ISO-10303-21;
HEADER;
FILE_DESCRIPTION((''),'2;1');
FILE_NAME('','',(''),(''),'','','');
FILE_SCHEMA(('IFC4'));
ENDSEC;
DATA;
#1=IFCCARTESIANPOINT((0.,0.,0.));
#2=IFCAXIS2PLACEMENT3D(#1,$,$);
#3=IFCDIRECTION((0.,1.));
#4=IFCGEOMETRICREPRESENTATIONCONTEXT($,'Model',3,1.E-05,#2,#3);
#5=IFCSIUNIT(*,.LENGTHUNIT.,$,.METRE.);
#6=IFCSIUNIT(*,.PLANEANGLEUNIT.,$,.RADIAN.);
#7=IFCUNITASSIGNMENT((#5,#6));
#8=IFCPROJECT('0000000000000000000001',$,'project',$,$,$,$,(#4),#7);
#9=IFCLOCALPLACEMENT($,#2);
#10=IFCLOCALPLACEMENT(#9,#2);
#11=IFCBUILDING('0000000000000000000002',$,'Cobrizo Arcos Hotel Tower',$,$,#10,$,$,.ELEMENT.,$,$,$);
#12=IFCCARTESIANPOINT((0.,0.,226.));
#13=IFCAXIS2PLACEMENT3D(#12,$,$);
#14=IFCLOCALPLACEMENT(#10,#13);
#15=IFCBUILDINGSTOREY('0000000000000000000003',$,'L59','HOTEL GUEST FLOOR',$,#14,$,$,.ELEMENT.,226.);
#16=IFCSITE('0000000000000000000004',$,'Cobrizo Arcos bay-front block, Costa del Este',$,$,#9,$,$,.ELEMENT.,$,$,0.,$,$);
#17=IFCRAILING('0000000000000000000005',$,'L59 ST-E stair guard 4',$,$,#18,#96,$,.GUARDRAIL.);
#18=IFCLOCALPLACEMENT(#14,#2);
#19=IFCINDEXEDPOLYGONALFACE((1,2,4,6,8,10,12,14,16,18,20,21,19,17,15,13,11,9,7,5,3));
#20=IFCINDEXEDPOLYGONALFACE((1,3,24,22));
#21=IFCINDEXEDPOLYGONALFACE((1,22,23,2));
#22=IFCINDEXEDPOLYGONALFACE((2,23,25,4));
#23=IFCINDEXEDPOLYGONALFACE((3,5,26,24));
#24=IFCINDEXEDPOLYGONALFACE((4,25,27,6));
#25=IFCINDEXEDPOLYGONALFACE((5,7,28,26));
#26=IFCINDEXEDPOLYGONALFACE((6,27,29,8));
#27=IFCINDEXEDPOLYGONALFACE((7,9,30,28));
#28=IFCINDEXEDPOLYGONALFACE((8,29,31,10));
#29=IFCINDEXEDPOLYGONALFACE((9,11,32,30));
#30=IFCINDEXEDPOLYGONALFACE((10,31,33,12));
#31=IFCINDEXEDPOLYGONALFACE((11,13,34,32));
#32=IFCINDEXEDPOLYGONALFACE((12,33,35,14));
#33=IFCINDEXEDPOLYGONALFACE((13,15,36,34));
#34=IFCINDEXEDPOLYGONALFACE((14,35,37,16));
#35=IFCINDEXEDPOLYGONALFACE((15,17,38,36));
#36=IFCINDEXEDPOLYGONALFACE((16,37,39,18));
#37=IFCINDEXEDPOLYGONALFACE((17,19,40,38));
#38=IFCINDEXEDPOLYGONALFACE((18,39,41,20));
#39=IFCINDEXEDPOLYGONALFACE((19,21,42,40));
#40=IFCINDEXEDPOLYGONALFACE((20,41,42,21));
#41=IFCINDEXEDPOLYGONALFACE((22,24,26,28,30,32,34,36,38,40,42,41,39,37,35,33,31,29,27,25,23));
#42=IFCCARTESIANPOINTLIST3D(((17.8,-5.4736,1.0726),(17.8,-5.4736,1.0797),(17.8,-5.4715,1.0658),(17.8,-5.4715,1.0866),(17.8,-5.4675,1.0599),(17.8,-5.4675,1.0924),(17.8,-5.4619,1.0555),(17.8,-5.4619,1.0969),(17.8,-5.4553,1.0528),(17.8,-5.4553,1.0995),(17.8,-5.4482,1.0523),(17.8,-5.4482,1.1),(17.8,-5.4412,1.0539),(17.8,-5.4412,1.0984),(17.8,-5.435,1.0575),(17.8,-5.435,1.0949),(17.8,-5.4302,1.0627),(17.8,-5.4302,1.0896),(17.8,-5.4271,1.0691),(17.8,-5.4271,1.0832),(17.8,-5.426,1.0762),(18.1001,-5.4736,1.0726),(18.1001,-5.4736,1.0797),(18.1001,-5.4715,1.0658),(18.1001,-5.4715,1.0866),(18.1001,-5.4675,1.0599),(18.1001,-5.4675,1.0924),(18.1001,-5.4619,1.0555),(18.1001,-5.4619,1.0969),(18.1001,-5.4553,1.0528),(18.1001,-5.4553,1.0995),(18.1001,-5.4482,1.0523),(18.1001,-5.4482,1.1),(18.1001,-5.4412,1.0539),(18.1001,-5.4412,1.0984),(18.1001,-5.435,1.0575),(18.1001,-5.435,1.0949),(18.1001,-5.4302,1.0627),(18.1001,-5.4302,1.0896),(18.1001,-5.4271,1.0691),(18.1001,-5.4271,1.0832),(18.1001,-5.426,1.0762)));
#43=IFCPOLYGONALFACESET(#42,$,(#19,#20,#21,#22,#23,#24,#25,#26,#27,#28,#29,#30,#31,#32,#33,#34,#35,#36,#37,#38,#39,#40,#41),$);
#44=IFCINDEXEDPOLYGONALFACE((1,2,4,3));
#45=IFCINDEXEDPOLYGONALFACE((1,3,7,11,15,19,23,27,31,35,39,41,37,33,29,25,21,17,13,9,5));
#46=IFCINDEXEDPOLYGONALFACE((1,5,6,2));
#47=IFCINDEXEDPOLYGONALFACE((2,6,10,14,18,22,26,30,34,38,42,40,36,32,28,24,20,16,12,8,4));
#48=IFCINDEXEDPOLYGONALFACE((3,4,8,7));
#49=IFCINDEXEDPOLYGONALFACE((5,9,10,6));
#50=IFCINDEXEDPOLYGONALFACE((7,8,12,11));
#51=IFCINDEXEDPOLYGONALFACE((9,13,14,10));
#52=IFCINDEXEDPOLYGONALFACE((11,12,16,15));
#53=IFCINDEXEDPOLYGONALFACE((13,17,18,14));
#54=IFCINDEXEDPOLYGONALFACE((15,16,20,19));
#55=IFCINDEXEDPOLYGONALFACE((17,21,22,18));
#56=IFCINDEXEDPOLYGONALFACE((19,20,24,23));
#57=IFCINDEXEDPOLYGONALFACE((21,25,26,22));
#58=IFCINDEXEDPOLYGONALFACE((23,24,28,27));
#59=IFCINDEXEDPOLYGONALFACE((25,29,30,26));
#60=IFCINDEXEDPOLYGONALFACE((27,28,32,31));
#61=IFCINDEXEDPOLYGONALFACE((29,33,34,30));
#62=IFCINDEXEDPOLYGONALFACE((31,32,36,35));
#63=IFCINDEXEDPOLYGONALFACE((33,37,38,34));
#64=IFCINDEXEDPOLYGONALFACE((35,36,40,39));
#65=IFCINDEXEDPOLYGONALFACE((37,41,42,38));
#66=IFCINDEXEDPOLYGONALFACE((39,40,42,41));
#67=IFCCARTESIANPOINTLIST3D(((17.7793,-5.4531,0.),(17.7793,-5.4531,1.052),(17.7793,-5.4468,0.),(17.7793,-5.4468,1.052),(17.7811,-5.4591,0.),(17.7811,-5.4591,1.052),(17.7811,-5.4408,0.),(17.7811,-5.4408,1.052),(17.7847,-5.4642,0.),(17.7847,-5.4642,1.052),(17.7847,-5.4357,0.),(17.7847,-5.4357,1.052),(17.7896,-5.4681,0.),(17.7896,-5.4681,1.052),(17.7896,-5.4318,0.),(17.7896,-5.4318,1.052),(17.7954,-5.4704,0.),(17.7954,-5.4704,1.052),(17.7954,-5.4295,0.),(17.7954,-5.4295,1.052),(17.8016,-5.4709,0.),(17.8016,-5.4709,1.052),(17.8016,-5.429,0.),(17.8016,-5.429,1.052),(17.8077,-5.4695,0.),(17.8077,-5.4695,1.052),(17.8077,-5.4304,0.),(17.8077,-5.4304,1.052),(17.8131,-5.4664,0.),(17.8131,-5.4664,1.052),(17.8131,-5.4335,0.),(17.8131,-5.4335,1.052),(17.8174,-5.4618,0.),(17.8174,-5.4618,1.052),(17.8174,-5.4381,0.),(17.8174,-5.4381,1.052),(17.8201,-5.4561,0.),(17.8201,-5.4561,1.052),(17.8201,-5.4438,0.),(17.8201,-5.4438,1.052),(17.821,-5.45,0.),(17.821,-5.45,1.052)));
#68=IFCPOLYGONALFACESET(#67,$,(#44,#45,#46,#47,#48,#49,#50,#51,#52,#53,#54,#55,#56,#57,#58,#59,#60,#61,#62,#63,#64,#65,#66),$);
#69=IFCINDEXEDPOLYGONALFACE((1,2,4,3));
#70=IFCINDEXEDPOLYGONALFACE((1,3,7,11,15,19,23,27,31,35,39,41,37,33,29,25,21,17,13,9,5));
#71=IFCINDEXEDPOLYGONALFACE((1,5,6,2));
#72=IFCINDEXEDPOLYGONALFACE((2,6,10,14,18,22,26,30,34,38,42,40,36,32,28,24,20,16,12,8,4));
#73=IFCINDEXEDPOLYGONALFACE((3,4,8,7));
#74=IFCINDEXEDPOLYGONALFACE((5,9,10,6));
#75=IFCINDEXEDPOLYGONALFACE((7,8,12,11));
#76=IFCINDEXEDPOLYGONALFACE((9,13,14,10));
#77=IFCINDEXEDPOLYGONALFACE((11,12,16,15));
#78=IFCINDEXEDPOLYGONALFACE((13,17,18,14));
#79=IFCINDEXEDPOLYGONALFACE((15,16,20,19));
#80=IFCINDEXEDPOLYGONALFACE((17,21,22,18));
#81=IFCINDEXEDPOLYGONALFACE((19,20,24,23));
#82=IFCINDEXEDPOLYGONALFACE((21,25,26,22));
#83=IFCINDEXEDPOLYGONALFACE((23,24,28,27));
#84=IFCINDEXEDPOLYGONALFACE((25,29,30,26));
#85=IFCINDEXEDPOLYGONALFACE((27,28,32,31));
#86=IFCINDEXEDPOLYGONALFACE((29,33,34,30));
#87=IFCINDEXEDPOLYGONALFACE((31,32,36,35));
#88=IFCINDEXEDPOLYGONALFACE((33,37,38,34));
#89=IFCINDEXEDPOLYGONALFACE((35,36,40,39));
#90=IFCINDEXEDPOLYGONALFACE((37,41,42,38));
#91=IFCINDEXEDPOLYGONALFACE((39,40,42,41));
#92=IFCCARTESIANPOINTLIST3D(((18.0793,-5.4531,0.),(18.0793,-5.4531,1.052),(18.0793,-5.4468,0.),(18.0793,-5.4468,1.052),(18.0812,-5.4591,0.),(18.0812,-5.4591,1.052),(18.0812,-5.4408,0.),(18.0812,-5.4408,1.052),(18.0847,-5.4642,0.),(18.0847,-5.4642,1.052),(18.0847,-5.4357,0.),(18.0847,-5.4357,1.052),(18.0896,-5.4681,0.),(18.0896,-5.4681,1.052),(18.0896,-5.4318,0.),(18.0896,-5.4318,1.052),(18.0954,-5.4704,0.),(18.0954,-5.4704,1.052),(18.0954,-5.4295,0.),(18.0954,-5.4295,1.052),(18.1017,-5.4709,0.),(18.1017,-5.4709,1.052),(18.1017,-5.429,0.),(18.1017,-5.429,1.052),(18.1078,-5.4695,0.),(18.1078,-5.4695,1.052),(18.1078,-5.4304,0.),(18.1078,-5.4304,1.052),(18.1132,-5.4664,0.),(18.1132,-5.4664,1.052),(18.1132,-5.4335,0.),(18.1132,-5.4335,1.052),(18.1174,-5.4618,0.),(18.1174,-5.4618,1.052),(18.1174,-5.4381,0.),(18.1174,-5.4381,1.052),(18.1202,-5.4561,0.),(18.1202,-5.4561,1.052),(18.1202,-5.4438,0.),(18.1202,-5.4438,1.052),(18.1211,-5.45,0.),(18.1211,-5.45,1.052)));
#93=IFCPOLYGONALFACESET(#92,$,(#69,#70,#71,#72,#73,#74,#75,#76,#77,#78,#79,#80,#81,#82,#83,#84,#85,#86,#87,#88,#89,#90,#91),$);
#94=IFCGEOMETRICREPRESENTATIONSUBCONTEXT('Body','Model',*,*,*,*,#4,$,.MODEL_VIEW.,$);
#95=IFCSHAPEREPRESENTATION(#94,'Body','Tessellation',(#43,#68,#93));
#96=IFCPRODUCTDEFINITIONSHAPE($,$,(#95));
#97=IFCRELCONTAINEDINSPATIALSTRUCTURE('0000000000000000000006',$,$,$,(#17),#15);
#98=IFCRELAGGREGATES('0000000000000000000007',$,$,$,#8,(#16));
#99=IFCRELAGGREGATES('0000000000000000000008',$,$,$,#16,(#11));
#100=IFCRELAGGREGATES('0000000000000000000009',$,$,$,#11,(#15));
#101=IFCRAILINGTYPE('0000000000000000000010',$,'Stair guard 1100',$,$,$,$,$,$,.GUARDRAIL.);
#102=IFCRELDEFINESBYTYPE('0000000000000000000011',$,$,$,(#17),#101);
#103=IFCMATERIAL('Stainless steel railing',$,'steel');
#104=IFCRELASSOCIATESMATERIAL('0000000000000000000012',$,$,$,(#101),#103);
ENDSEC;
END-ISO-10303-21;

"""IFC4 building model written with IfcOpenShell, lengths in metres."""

from ifc_helpers import new_model, si_unit, direction, frame, origin, origin_2d, place, context, subcontext, project, spatial, circle, extrude, material, type_object, element, save


model = new_model("IFC4")

# Units and contexts
model_context = context("Model", 3, precision=1e-05, world=origin(), true_north=direction((0.0, 1.0)))
body_context = subcontext(model_context, "Body", "Model", "MODEL_VIEW")
ifc_project = project(units=[si_unit("LENGTHUNIT", "METRE"), si_unit("PLANEANGLEUNIT", "RADIAN")], contexts=[model_context])

# Site, building, storey
site_placement = place(None, origin())
site = spatial("IfcSite", under=ifc_project, at=site_placement, Name="Cobrizo Arcos bay-front block, Costa del Este", CompositionType="ELEMENT", RefElevation=0.0)
building_placement = place(site_placement, origin())
building = spatial("IfcBuilding", under=site, at=building_placement, Name="Cobrizo Arcos Hotel Tower", CompositionType="ELEMENT")
storey_placement = place(building_placement, frame((0.0, 0.0, 226.0)))
storey = spatial("IfcBuildingStorey", under=building, at=storey_placement, Name="L59", Description="HOTEL GUEST FLOOR", CompositionType="ELEMENT", Elevation=226.0)

# Railing
ifc_material_1 = material(Name="Stainless steel railing", Category="steel")
railing_type_1 = type_object("IfcRailingType", Name="Stair guard 1100", PredefinedType="GUARDRAIL", material=ifc_material_1)
railing_1_placement = place(storey_placement, frame((17.8, -5.45, 0.0)))
element("IfcRailing", 1, at=railing_1_placement, inside=storey, type_object=railing_type_1, Name="L59 ST-E stair guard 4", PredefinedType="GUARDRAIL", context=body_context, shape_type="SweptSolid", body=[
    extrude(circle(Radius=0.0239, at=origin_2d()), frame((0.0, 0.0, 1.0762), z_axis=(1.0, 0.0, 0.0), x_axis=(0.0, 1.0, 0.0)), (0.0, 0.0, 1.0), 0.3),
    extrude(circle(Radius=0.021, at=origin_2d()), origin(), (0.0, 0.0, 1.0), 1.052),
    extrude(circle(Radius=0.021, at=origin_2d()), frame((0.3, 0.0, 0.0)), (0.0, 0.0, 1.0), 1.052),
])

save(model, "model.ifc")
